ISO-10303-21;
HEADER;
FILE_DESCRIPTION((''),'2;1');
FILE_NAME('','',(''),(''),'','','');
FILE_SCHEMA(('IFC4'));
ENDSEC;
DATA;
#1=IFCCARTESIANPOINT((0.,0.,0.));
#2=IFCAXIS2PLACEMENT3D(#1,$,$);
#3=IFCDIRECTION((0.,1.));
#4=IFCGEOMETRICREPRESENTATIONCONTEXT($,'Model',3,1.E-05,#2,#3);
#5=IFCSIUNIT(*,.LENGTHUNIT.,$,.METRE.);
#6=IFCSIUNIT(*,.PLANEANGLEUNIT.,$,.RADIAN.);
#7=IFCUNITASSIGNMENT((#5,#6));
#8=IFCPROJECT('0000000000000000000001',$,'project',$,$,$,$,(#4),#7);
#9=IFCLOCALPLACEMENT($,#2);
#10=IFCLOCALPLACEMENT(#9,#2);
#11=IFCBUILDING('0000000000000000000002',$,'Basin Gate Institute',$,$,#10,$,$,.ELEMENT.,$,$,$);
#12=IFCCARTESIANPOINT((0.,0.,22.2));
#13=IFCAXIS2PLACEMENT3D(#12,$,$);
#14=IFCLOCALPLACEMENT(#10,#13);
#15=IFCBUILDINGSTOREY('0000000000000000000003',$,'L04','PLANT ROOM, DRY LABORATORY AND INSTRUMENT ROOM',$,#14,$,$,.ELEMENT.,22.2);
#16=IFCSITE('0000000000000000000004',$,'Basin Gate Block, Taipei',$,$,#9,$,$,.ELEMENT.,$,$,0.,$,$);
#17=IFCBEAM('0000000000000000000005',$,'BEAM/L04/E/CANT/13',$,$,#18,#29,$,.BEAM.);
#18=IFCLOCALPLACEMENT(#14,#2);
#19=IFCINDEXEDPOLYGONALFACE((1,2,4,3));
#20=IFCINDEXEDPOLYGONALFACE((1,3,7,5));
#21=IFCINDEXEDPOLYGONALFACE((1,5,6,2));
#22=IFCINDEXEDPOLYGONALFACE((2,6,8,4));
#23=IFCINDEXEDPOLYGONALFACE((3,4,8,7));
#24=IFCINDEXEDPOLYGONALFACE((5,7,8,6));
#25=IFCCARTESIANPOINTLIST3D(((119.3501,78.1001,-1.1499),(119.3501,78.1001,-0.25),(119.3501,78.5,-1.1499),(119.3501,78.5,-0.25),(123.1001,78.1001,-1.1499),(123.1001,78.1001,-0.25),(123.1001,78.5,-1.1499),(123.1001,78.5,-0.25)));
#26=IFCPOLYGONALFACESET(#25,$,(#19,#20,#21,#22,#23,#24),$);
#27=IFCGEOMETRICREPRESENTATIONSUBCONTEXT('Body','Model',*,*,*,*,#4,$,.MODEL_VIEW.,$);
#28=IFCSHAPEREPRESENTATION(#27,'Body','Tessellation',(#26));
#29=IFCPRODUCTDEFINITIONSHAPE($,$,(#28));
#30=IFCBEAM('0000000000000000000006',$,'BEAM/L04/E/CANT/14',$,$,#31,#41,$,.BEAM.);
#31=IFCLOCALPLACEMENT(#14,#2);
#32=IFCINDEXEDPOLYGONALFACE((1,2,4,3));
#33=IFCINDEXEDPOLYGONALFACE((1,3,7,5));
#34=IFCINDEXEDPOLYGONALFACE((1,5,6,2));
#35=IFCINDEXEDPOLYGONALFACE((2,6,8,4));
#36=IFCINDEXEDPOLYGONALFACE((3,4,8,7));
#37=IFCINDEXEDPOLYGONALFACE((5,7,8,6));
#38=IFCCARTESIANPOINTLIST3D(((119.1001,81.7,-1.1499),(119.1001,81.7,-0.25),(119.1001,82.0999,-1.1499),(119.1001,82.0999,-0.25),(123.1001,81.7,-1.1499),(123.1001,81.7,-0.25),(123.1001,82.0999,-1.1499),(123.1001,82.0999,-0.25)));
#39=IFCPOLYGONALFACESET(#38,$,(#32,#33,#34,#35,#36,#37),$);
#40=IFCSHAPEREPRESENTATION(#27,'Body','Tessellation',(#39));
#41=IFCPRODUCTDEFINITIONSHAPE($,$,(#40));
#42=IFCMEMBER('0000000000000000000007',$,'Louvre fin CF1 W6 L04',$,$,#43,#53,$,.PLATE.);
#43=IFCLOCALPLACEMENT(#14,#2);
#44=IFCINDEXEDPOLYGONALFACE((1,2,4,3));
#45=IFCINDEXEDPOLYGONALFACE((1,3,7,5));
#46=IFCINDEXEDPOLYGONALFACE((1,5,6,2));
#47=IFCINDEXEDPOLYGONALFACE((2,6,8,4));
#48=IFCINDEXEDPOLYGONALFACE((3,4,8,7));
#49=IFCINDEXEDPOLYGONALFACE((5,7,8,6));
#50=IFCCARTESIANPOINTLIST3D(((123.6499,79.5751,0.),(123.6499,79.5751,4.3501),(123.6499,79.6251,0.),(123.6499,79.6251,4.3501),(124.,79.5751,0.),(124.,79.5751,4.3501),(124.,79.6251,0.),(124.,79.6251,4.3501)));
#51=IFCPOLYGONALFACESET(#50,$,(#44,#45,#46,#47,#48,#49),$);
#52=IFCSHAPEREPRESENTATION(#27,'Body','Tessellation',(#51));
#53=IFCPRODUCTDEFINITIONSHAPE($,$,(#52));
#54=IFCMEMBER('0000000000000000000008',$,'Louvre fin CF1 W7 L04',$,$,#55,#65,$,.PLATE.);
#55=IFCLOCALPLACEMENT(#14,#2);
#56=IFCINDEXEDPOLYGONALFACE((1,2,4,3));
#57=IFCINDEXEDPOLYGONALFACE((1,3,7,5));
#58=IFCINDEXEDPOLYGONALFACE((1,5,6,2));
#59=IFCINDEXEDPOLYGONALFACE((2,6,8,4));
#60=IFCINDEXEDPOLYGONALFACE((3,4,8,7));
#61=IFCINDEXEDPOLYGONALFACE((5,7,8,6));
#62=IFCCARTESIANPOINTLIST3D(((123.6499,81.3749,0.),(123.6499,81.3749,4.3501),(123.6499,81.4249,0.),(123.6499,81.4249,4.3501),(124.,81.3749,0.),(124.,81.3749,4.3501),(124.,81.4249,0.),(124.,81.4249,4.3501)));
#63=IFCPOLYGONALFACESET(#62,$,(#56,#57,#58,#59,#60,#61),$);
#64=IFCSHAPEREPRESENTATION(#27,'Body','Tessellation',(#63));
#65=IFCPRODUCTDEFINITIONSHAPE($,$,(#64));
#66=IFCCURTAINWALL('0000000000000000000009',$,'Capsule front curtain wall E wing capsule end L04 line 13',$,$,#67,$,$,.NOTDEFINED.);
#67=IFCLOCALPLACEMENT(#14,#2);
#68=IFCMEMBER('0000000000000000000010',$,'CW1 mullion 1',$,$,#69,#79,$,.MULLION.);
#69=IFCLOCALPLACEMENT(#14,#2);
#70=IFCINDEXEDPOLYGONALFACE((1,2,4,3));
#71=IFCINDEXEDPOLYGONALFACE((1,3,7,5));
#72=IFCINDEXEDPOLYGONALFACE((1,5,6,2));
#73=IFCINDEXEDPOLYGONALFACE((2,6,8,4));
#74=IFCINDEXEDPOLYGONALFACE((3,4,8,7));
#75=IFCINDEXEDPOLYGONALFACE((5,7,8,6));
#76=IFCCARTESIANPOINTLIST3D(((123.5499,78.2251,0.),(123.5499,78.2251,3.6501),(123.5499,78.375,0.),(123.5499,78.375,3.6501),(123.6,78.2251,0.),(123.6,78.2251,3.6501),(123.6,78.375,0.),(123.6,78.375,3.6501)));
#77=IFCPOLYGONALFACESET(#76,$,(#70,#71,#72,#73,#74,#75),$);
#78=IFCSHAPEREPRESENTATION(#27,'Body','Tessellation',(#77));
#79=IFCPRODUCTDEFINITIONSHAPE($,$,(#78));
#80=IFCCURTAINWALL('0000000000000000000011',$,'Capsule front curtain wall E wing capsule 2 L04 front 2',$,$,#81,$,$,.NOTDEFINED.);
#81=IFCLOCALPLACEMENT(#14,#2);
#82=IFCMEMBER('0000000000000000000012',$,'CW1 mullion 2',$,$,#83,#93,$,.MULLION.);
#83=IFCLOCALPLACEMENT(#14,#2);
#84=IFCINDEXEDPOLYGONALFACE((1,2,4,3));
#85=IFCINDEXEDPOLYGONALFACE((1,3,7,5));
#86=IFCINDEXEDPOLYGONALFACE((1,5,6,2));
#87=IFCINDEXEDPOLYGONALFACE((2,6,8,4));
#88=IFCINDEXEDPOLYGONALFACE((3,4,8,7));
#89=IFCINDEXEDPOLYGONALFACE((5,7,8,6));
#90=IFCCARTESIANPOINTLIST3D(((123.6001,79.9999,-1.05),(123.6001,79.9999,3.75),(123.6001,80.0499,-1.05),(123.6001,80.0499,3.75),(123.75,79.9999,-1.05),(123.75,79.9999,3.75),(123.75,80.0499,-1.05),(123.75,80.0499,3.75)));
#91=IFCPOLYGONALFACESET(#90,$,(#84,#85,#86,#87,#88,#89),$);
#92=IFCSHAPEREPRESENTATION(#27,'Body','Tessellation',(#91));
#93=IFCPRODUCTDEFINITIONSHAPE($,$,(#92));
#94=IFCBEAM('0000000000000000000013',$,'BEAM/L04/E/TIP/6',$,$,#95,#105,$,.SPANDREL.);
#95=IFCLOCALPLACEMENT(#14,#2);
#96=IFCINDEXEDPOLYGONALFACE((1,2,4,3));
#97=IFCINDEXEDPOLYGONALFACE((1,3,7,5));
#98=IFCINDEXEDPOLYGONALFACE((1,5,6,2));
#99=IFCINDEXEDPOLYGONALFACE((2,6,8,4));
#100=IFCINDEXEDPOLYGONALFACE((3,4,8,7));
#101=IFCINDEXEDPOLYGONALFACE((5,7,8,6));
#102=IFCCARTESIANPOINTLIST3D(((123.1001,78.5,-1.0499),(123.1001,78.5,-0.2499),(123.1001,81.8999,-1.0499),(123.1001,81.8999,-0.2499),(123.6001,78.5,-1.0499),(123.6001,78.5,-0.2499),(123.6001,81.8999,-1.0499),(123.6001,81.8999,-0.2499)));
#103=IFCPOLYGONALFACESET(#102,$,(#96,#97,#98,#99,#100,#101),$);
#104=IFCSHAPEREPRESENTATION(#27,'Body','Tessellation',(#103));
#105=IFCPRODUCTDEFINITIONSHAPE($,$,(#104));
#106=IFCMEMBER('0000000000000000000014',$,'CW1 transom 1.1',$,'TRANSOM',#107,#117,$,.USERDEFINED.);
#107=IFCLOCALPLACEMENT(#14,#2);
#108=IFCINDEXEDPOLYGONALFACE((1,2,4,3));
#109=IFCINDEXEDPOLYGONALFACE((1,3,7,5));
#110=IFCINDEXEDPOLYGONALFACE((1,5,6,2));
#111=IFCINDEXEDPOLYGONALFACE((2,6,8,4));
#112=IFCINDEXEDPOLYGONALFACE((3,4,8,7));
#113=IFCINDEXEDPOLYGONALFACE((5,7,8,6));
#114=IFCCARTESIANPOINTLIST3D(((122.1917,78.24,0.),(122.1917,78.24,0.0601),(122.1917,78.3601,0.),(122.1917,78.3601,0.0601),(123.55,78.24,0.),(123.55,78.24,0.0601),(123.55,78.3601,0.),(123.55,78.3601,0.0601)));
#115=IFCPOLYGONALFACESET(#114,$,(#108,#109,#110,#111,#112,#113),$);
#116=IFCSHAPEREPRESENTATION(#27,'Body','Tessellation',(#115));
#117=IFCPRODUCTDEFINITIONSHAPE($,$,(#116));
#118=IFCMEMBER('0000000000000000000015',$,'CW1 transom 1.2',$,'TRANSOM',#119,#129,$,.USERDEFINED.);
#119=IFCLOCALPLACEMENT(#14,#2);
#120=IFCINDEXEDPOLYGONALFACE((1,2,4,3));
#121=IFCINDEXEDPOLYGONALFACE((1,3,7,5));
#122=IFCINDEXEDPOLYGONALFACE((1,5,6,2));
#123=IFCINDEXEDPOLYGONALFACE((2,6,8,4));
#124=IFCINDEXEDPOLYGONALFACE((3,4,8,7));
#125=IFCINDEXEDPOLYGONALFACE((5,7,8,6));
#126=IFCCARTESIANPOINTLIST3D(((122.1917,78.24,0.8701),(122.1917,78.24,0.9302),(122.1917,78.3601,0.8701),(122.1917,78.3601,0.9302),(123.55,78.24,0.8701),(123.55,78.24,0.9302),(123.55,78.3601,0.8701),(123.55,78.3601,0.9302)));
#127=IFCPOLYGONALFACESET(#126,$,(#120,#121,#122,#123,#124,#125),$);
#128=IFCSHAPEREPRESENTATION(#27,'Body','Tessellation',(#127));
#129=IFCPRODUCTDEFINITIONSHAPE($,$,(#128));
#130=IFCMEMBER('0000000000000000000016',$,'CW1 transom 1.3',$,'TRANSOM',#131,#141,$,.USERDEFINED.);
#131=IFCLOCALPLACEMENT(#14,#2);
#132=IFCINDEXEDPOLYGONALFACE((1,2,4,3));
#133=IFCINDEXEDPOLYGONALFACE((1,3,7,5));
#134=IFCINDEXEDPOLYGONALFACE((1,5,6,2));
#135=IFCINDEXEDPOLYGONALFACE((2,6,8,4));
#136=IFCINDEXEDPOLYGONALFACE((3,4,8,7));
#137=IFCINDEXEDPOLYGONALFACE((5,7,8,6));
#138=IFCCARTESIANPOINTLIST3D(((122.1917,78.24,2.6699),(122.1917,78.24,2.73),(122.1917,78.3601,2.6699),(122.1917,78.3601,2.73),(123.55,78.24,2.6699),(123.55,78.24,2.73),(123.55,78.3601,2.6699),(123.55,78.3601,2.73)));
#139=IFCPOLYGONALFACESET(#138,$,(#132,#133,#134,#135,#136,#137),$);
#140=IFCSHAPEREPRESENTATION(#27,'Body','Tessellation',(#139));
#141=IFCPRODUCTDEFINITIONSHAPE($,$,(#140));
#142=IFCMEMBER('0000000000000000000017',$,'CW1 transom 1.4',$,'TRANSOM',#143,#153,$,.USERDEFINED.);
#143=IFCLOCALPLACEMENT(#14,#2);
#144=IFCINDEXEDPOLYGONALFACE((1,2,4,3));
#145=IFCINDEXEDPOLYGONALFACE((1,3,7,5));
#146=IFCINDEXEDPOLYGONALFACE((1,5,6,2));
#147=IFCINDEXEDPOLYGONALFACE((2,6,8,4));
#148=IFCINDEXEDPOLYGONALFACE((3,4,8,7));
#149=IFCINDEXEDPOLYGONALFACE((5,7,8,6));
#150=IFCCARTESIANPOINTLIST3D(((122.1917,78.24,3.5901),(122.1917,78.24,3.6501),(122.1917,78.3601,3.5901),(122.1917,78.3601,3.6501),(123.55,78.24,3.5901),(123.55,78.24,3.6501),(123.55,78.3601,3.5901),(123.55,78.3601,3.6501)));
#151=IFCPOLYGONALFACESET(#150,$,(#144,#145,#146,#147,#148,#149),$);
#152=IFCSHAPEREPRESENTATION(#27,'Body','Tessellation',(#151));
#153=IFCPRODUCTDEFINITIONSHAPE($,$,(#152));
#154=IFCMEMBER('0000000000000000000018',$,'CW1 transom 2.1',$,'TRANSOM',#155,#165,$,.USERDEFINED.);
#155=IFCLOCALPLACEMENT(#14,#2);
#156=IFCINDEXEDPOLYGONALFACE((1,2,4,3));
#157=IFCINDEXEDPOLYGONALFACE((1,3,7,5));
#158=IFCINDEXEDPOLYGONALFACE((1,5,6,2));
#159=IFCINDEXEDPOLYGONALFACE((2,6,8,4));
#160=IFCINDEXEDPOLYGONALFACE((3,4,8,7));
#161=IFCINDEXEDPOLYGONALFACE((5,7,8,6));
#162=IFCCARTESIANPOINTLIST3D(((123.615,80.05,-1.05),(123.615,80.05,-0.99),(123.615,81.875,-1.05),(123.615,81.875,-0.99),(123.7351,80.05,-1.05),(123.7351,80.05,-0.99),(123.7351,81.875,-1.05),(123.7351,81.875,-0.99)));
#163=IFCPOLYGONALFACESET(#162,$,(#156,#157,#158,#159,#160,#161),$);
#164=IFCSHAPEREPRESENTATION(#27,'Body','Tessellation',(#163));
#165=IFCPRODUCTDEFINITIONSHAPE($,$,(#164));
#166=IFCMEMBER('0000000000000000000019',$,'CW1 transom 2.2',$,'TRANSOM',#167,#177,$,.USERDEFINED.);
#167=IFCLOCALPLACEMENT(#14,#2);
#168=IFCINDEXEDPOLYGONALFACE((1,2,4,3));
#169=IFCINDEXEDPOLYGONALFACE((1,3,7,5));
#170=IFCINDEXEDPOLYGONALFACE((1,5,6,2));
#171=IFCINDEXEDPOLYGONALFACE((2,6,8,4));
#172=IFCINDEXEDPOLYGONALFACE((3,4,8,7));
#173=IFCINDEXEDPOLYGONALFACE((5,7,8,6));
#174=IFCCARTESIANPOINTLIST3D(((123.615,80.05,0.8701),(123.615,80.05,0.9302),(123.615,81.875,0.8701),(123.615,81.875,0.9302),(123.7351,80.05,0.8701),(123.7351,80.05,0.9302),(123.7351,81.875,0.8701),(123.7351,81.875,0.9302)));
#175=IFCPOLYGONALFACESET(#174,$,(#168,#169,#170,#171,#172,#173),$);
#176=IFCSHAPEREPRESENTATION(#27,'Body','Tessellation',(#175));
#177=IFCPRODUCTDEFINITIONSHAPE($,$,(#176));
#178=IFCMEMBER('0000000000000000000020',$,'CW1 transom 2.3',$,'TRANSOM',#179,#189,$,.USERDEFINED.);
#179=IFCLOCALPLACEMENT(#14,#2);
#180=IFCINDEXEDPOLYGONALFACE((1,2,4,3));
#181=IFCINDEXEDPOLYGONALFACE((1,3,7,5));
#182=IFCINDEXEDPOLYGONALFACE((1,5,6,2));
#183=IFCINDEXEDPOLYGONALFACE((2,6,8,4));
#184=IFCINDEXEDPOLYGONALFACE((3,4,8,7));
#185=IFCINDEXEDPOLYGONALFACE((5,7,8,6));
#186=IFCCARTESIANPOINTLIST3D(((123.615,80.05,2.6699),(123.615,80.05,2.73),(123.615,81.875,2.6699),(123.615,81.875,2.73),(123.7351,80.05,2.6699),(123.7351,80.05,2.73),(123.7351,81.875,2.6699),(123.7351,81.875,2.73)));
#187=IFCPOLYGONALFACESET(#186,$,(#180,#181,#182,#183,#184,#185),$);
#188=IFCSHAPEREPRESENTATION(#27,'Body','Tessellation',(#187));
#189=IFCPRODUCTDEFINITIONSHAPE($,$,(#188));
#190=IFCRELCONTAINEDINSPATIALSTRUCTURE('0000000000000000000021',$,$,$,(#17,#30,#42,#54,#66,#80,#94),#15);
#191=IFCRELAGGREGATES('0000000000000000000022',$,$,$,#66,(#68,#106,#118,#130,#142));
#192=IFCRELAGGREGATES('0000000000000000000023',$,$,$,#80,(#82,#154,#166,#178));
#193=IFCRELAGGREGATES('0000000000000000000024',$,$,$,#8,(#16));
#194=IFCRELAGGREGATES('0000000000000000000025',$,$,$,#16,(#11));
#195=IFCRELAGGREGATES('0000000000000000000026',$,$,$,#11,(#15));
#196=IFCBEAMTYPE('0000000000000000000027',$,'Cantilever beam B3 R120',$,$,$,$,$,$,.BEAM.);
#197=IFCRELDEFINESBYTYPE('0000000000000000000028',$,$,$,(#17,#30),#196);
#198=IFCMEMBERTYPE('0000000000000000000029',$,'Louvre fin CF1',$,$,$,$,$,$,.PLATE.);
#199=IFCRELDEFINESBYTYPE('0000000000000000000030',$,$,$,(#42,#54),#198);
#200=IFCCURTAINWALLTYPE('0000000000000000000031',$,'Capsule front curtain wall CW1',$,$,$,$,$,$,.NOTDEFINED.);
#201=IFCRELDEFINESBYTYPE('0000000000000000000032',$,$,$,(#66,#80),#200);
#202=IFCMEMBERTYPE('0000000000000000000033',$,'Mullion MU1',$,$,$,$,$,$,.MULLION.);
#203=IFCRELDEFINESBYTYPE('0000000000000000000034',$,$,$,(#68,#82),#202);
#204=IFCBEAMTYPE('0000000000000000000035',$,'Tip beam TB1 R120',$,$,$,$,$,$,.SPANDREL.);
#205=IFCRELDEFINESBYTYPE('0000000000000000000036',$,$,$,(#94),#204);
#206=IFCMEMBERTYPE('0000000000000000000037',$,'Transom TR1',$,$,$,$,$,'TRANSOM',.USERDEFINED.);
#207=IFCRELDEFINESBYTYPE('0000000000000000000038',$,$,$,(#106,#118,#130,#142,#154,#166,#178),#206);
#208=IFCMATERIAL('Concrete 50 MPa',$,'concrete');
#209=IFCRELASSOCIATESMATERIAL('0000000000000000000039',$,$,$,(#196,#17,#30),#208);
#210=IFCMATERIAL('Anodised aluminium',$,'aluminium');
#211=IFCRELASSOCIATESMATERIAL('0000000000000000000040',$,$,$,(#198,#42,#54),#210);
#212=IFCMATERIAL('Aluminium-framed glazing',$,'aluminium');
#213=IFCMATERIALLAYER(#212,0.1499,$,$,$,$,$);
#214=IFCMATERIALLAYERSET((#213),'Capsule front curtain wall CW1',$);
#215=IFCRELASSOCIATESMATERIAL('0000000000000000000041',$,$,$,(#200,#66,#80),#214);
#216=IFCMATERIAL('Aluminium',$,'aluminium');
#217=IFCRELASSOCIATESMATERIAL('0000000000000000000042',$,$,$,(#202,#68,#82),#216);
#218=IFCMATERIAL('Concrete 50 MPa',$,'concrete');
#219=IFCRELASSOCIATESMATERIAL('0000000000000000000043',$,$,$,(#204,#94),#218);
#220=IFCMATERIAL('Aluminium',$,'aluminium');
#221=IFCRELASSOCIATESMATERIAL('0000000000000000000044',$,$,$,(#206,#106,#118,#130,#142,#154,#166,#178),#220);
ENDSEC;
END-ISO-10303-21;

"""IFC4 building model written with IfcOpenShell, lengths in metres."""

from ifc_helpers import new_model, si_unit, direction, frame, origin, origin_2d, place, context, subcontext, project, spatial, rectangle, extrude, material, layer, layer_set, material_profile, profile_set, type_object, element, aggregate, save


model = new_model("IFC4")

# Units and contexts
model_context = context("Model", 3, precision=1e-05, world=origin(), true_north=direction((0.0, 1.0)))
body_context = subcontext(model_context, "Body", "Model", "MODEL_VIEW")
ifc_project = project(units=[si_unit("LENGTHUNIT", "METRE"), si_unit("PLANEANGLEUNIT", "RADIAN")], contexts=[model_context])

# Site, building, storey
site_placement = place(None, origin())
site = spatial("IfcSite", under=ifc_project, at=site_placement, Name="Basin Gate Block, Taipei", CompositionType="ELEMENT", RefElevation=0.0)
building_placement = place(site_placement, origin())
building = spatial("IfcBuilding", under=site, at=building_placement, Name="Basin Gate Institute", CompositionType="ELEMENT")
storey_placement = place(building_placement, frame((0.0, 0.0, 22.2)))
storey = spatial("IfcBuildingStorey", under=building, at=storey_placement, Name="L04", Description="PLANT ROOM, DRY LABORATORY AND INSTRUMENT ROOM", CompositionType="ELEMENT", Elevation=22.2)

# Beams
ifc_material_1 = material(Name="Concrete 50 MPa", Category="concrete")
ifc_material_profile_1 = material_profile(ifc_material_1, rectangle(XDim=0.3999, YDim=0.8999, at=origin_2d()), Name="Cantilever beam B3 400 x 900")
ifc_profile_set_1 = profile_set([ifc_material_profile_1], Name="Concrete 50 MPa")
beam_type_1 = type_object("IfcBeamType", Name="Cantilever beam B3 R120", PredefinedType="BEAM", material=ifc_profile_set_1)
beam_1_placement = place(storey_placement, frame((123.1001, 78.3, -0.7), z_axis=(-1.0, 0.0, 0.0), x_axis=(0.0, -1.0, 0.0)))
element("IfcBeam", 1, at=beam_1_placement, inside=storey, type_object=beam_type_1, material=ifc_profile_set_1, Name="BEAM/L04/E/CANT/13", PredefinedType="BEAM", context=body_context, shape_type="SweptSolid", body=[
    extrude(rectangle(XDim=0.3999, YDim=0.8999, at=origin_2d()), origin(), (0.0, 0.0, 1.0), 3.75),
])
beam_2_placement = place(storey_placement, frame((123.1001, 81.8999, -0.7), z_axis=(-1.0, 0.0, 0.0), x_axis=(0.0, -1.0, 0.0)))
element("IfcBeam", 2, at=beam_2_placement, inside=storey, type_object=beam_type_1, material=ifc_profile_set_1, Name="BEAM/L04/E/CANT/14", PredefinedType="BEAM", context=body_context, shape_type="SweptSolid", body=[
    extrude(rectangle(XDim=0.3999, YDim=0.8999, at=origin_2d()), origin(), (0.0, 0.0, 1.0), 4.0),
])

# Members
ifc_material_2 = material(Name="Anodised aluminium", Category="aluminium")
ifc_material_profile_2 = material_profile(ifc_material_2, rectangle(XDim=0.05, YDim=0.3501, at=origin_2d()), Name="Louvre fin CF1 50 x 350")
ifc_profile_set_2 = profile_set([ifc_material_profile_2], Name="Anodised aluminium")
member_type_1 = type_object("IfcMemberType", Name="Louvre fin CF1", PredefinedType="PLATE", material=ifc_profile_set_2)
for number, where, z_axis, x_axis, name in (
    (3, (123.825, 79.6001, 0.0), (0.0, 0.0, 1.0), (0.0, 1.0, 0.0), "Louvre fin CF1 W6 L04"),
    (4, (123.825, 81.3999, 0.0), (0.0, 0.0, 1.0), (0.0, 1.0, 0.0), "Louvre fin CF1 W7 L04"),
):
    element("IfcMember", number, at=place(storey_placement, frame(where, z_axis=z_axis, x_axis=x_axis)), inside=storey, type_object=member_type_1, material=ifc_profile_set_2, Name=name, PredefinedType="PLATE", context=body_context, shape_type="SweptSolid", body=[
        extrude(rectangle(XDim=0.05, YDim=0.3501, at=origin_2d()), origin(), (0.0, 0.0, 1.0), 4.3501),
    ])

# Curtain walls, members
ifc_material_3 = material(Name="Aluminium-framed glazing", Category="aluminium")
ifc_layer_1 = layer(ifc_material_3, 0.1499)
ifc_layer_set_1 = layer_set([ifc_layer_1], Name="Capsule front curtain wall CW1")
curtain_wall_type = type_object("IfcCurtainWallType", Name="Capsule front curtain wall CW1", PredefinedType="NOTDEFINED", material=ifc_layer_set_1)
curtain_wall_1_placement = place(storey_placement, origin())
curtain_wall_1 = element("IfcCurtainWall", 5, at=curtain_wall_1_placement, inside=storey, type_object=curtain_wall_type, material=ifc_layer_set_1, Name="Capsule front curtain wall E wing capsule end L04 line 13", PredefinedType="NOTDEFINED")
ifc_material_4 = material(Name="Aluminium", Category="aluminium")
ifc_material_profile_3 = material_profile(ifc_material_4, rectangle(XDim=0.1499, YDim=0.05, at=origin_2d()), Name="Mullion MU1 150 x 50")
ifc_profile_set_3 = profile_set([ifc_material_profile_3], Name="Aluminium")
member_type_2 = type_object("IfcMemberType", Name="Mullion MU1", PredefinedType="MULLION", material=ifc_profile_set_3)
member_1_placement = place(storey_placement, frame((123.575, 78.3, 0.0), z_axis=(0.0, 0.0, 1.0), x_axis=(0.0, -1.0, 0.0)))
member_1 = element("IfcMember", 6, at=member_1_placement, type_object=member_type_2, material=ifc_profile_set_3, Name="CW1 mullion 1", PredefinedType="MULLION", context=body_context, shape_type="SweptSolid", body=[
    extrude(rectangle(XDim=0.1499, YDim=0.05, at=origin_2d()), origin(), (0.0, 0.0, 1.0), 3.6501),
])
curtain_wall_2_placement = place(storey_placement, origin())
curtain_wall_2 = element("IfcCurtainWall", 7, at=curtain_wall_2_placement, inside=storey, type_object=curtain_wall_type, material=ifc_layer_set_1, Name="Capsule front curtain wall E wing capsule 2 L04 front 2", PredefinedType="NOTDEFINED")
member_2_placement = place(storey_placement, frame((123.675, 80.0249, -1.05), z_axis=(0.0, 0.0, 1.0), x_axis=(-1.0, 0.0, 0.0)))
member_2 = element("IfcMember", 8, at=member_2_placement, type_object=member_type_2, material=ifc_profile_set_3, Name="CW1 mullion 2", PredefinedType="MULLION", context=body_context, shape_type="SweptSolid", body=[
    extrude(rectangle(XDim=0.1499, YDim=0.05, at=origin_2d()), origin(), (0.0, 0.0, 1.0), 4.8),
])

# Beam
ifc_material_5 = material(Name="Concrete 50 MPa", Category="concrete")
ifc_material_profile_4 = material_profile(ifc_material_5, rectangle(XDim=0.5, YDim=0.8, at=origin_2d()), Name="Tip beam TB1 500 x 800")
ifc_profile_set_4 = profile_set([ifc_material_profile_4], Name="Concrete 50 MPa")
beam_type_2 = type_object("IfcBeamType", Name="Tip beam TB1 R120", PredefinedType="SPANDREL", material=ifc_profile_set_4)
beam_3_placement = place(storey_placement, frame((123.3501, 78.5, -0.6499), z_axis=(0.0, 1.0, 0.0), x_axis=(-1.0, 0.0, 0.0)))
element("IfcBeam", 9, at=beam_3_placement, inside=storey, type_object=beam_type_2, material=ifc_profile_set_4, Name="BEAM/L04/E/TIP/6", PredefinedType="SPANDREL", context=body_context, shape_type="SweptSolid", body=[
    extrude(rectangle(XDim=0.5, YDim=0.8, at=origin_2d()), origin(), (0.0, 0.0, 1.0), 3.3999),
])

# Members
ifc_material_6 = material(Name="Aluminium", Category="aluminium")
ifc_material_profile_5 = material_profile(ifc_material_6, rectangle(XDim=0.1201, YDim=0.0601, at=origin_2d()), Name="Transom TR1 120 x 60")
ifc_profile_set_5 = profile_set([ifc_material_profile_5], Name="Aluminium")
member_type_3 = type_object("IfcMemberType", Name="Transom TR1", ElementType="TRANSOM", PredefinedType="USERDEFINED", material=ifc_profile_set_5)
member_3_placement = place(storey_placement, frame((123.55, 78.3, 0.03), z_axis=(-1.0, 0.0, 0.0), x_axis=(0.0, -1.0, 0.0)))
member_3 = element("IfcMember", 10, at=member_3_placement, type_object=member_type_3, material=ifc_profile_set_5, Name="CW1 transom 1.1", ObjectType="TRANSOM", PredefinedType="USERDEFINED", context=body_context, shape_type="SweptSolid", body=[
    extrude(rectangle(XDim=0.1201, YDim=0.0601, at=origin_2d()), origin(), (0.0, 0.0, 1.0), 1.3584),
])
member_4_placement = place(storey_placement, frame((123.55, 78.3, 0.9001), z_axis=(-1.0, 0.0, 0.0), x_axis=(0.0, -1.0, 0.0)))
member_4 = element("IfcMember", 11, at=member_4_placement, type_object=member_type_3, material=ifc_profile_set_5, Name="CW1 transom 1.2", ObjectType="TRANSOM", PredefinedType="USERDEFINED", context=body_context, shape_type="SweptSolid", body=[
    extrude(rectangle(XDim=0.1201, YDim=0.0601, at=origin_2d()), origin(), (0.0, 0.0, 1.0), 1.3584),
])
member_5_placement = place(storey_placement, frame((123.55, 78.3, 2.7), z_axis=(-1.0, 0.0, 0.0), x_axis=(0.0, -1.0, 0.0)))
member_5 = element("IfcMember", 12, at=member_5_placement, type_object=member_type_3, material=ifc_profile_set_5, Name="CW1 transom 1.3", ObjectType="TRANSOM", PredefinedType="USERDEFINED", context=body_context, shape_type="SweptSolid", body=[
    extrude(rectangle(XDim=0.1201, YDim=0.0601, at=origin_2d()), origin(), (0.0, 0.0, 1.0), 1.3584),
])
member_6_placement = place(storey_placement, frame((123.55, 78.3, 3.6201), z_axis=(-1.0, 0.0, 0.0), x_axis=(0.0, -1.0, 0.0)))
member_6 = element("IfcMember", 13, at=member_6_placement, type_object=member_type_3, material=ifc_profile_set_5, Name="CW1 transom 1.4", ObjectType="TRANSOM", PredefinedType="USERDEFINED", context=body_context, shape_type="SweptSolid", body=[
    extrude(rectangle(XDim=0.1201, YDim=0.0601, at=origin_2d()), origin(), (0.0, 0.0, 1.0), 1.3584),
])
aggregate(curtain_wall_1, [member_1, member_3, member_4, member_5, member_6])
member_7_placement = place(storey_placement, frame((123.675, 80.05, -1.02), z_axis=(0.0, 1.0, 0.0), x_axis=(-1.0, 0.0, 0.0)))
member_7 = element("IfcMember", 14, at=member_7_placement, type_object=member_type_3, material=ifc_profile_set_5, Name="CW1 transom 2.1", ObjectType="TRANSOM", PredefinedType="USERDEFINED", context=body_context, shape_type="SweptSolid", body=[
    extrude(rectangle(XDim=0.1201, YDim=0.0601, at=origin_2d()), origin(), (0.0, 0.0, 1.0), 1.825),
])
member_8_placement = place(storey_placement, frame((123.675, 80.05, 0.9001), z_axis=(0.0, 1.0, 0.0), x_axis=(-1.0, 0.0, 0.0)))
member_8 = element("IfcMember", 15, at=member_8_placement, type_object=member_type_3, material=ifc_profile_set_5, Name="CW1 transom 2.2", ObjectType="TRANSOM", PredefinedType="USERDEFINED", context=body_context, shape_type="SweptSolid", body=[
    extrude(rectangle(XDim=0.1201, YDim=0.0601, at=origin_2d()), origin(), (0.0, 0.0, 1.0), 1.825),
])
member_9_placement = place(storey_placement, frame((123.675, 80.05, 2.7), z_axis=(0.0, 1.0, 0.0), x_axis=(-1.0, 0.0, 0.0)))
member_9 = element("IfcMember", 16, at=member_9_placement, type_object=member_type_3, material=ifc_profile_set_5, Name="CW1 transom 2.3", ObjectType="TRANSOM", PredefinedType="USERDEFINED", context=body_context, shape_type="SweptSolid", body=[
    extrude(rectangle(XDim=0.1201, YDim=0.0601, at=origin_2d()), origin(), (0.0, 0.0, 1.0), 1.825),
])

aggregate(curtain_wall_2, [member_2, member_7, member_8, member_9])

save(model, "model.ifc")
